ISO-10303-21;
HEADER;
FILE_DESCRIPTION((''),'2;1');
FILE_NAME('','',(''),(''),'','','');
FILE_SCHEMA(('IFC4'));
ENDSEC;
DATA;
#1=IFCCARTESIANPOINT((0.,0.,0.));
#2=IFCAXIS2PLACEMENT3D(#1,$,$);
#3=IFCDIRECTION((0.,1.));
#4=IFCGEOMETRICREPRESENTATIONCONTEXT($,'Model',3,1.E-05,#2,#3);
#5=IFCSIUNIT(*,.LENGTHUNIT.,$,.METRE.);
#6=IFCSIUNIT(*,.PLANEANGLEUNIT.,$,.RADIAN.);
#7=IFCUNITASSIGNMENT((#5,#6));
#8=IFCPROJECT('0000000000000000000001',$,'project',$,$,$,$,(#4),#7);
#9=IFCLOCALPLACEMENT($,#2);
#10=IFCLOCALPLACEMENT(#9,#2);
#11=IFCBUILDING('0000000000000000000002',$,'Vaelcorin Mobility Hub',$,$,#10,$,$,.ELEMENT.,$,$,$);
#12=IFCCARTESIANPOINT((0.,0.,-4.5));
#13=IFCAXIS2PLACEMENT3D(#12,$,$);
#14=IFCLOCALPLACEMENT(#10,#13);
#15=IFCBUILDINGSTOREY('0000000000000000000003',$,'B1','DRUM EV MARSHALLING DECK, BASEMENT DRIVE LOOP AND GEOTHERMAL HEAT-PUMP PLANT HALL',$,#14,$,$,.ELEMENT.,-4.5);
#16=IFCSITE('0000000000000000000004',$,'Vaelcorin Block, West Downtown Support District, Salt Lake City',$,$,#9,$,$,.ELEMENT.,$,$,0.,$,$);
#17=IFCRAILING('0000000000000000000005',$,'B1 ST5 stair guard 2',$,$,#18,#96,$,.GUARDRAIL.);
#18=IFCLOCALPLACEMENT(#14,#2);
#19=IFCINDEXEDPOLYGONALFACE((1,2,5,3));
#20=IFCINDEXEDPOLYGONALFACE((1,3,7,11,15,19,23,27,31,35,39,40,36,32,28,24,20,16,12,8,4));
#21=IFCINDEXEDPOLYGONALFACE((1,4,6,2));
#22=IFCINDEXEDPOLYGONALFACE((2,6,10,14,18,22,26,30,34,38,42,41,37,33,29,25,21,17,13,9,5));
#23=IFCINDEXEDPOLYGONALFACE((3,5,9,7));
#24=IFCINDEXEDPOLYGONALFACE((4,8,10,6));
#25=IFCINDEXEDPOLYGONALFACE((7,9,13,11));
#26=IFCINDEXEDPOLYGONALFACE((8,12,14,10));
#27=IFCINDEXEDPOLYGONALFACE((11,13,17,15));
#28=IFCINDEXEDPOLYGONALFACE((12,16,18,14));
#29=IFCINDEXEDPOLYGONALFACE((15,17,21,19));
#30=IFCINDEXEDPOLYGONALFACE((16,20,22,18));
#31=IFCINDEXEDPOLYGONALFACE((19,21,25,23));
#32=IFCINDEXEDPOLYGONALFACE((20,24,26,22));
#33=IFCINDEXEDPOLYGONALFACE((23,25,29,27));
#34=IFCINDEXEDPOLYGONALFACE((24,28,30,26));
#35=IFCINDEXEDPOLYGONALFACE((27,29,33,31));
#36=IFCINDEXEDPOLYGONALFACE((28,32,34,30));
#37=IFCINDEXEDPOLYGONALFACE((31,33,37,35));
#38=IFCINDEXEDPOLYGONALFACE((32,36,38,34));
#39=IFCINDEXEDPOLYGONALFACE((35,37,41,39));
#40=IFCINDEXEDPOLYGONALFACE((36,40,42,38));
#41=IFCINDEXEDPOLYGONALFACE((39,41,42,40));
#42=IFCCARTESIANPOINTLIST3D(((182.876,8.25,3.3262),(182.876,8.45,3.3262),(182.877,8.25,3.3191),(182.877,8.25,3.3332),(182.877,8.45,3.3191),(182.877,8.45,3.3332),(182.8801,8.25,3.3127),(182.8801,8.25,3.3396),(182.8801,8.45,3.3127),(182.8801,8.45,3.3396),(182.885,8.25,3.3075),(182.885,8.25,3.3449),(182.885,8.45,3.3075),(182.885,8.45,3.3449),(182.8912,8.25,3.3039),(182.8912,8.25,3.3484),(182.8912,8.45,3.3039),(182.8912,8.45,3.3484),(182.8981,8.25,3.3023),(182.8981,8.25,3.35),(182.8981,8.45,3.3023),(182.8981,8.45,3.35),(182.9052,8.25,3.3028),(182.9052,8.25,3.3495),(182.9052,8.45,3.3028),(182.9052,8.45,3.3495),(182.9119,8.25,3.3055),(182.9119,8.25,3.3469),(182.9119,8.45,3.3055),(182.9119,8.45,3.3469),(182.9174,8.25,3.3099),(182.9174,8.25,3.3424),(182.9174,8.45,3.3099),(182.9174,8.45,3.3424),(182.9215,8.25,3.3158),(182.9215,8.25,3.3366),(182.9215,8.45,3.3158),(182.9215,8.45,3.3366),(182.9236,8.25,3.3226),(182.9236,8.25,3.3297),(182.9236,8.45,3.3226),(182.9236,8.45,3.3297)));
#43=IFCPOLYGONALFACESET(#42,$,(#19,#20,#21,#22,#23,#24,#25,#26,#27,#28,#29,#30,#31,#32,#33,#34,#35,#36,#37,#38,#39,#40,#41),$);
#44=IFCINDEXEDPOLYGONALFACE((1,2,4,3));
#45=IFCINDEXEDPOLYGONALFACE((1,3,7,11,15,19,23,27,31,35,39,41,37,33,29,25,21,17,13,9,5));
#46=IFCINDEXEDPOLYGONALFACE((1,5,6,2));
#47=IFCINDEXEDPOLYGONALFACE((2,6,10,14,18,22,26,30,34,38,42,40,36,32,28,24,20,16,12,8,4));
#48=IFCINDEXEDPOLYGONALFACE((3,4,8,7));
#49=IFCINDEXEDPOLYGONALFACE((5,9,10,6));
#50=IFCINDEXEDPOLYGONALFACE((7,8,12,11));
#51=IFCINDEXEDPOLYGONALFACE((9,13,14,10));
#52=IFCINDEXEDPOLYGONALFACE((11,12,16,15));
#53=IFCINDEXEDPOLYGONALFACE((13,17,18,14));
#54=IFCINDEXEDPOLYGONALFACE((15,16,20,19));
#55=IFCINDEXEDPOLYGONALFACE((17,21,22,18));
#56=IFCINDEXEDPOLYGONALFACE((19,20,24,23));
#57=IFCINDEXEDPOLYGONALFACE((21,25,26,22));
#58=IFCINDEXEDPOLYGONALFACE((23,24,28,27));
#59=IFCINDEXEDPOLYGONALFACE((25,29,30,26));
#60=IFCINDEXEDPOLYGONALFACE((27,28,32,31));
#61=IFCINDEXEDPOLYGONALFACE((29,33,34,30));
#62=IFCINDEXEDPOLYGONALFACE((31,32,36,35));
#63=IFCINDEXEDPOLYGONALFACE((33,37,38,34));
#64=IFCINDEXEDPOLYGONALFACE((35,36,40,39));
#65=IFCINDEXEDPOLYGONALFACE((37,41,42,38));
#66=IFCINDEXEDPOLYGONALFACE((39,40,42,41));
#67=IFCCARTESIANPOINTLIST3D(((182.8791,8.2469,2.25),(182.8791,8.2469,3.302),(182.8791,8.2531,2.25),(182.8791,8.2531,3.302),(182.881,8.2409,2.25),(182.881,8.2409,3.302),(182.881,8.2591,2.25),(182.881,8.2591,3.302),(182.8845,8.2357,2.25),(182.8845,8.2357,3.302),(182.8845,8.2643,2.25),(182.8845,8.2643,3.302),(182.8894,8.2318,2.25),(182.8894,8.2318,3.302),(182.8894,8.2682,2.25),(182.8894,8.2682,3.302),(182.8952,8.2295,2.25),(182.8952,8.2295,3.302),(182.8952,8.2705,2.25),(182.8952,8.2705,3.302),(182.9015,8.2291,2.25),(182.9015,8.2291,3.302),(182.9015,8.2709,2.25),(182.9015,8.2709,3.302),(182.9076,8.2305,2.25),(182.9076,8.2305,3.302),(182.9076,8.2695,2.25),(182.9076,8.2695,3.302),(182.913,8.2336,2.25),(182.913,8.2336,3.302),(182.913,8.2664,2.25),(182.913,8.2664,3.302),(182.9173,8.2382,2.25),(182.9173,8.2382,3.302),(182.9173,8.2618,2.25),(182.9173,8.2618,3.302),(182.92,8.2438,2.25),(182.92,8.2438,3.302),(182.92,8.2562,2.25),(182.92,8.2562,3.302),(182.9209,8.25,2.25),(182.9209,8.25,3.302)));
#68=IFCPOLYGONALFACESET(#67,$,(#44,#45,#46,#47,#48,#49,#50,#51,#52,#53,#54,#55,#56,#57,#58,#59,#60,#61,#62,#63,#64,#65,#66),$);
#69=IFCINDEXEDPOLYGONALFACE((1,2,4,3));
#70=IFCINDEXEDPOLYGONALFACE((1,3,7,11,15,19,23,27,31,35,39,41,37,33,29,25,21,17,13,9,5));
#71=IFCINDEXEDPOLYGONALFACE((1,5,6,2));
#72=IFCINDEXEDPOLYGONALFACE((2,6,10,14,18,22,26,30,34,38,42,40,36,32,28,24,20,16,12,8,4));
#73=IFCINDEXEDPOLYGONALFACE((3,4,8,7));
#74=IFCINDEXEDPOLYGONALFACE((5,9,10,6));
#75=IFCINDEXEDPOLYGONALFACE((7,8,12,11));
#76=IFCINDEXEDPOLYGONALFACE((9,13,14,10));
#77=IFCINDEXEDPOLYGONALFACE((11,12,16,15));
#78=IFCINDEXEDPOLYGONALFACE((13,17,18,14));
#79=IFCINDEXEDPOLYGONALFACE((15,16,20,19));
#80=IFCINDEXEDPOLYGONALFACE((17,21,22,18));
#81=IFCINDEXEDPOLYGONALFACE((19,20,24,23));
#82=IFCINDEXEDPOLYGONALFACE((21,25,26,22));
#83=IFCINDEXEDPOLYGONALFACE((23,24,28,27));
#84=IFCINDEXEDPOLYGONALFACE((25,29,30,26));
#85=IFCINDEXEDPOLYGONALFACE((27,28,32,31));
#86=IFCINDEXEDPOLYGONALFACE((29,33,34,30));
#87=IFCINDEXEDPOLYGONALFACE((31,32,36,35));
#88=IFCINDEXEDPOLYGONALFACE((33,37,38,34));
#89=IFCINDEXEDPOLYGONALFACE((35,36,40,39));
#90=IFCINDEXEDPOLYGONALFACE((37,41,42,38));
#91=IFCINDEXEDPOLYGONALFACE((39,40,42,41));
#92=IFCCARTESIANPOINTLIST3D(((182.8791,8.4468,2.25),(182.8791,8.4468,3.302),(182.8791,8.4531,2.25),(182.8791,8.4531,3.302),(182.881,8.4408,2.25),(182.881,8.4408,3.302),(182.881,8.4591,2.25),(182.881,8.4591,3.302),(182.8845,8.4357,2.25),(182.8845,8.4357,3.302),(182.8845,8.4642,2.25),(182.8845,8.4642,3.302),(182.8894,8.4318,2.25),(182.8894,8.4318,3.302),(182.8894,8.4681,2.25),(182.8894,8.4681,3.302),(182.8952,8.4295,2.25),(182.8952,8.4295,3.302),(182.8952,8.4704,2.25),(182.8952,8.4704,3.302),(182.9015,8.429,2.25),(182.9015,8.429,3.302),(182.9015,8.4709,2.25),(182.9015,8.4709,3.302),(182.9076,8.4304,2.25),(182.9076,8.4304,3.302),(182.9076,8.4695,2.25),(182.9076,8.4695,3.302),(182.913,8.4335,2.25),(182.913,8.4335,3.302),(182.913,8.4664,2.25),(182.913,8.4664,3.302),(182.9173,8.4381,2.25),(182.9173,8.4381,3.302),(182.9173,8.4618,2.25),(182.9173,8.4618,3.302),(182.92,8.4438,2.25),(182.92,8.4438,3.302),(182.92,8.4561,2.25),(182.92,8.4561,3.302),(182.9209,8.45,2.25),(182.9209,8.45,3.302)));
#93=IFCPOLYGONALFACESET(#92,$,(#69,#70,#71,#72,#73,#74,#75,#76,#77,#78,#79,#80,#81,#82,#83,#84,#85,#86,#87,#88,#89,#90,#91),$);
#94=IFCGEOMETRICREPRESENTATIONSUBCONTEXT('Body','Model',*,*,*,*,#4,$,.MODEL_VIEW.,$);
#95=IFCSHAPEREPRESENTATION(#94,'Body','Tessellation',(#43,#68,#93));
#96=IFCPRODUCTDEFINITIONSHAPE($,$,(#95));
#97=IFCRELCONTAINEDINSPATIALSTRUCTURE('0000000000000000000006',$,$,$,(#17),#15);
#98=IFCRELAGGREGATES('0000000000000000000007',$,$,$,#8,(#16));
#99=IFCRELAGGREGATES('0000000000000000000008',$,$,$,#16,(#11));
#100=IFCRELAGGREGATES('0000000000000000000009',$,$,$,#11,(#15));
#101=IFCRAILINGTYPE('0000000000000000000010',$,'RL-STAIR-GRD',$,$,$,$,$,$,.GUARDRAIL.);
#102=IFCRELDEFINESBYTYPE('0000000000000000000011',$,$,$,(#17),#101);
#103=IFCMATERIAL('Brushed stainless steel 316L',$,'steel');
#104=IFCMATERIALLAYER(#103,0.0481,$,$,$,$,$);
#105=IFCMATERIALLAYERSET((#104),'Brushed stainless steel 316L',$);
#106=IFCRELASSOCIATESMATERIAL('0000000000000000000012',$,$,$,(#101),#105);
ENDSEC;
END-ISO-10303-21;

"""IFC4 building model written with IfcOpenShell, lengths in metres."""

from ifc_helpers import new_model, si_unit, direction, frame, origin, origin_2d, place, context, subcontext, project, spatial, circle, extrude, material, layer, layer_set, type_object, element, save


model = new_model("IFC4")

# Units and contexts
model_context = context("Model", 3, precision=1e-05, world=origin(), true_north=direction((0.0, 1.0)))
body_context = subcontext(model_context, "Body", "Model", "MODEL_VIEW")
ifc_project = project(units=[si_unit("LENGTHUNIT", "METRE"), si_unit("PLANEANGLEUNIT", "RADIAN")], contexts=[model_context])

# Site, building, storey
site_placement = place(None, origin())
site = spatial("IfcSite", under=ifc_project, at=site_placement, Name="Vaelcorin Block, West Downtown Support District, Salt Lake City", CompositionType="ELEMENT", RefElevation=0.0)
building_placement = place(site_placement, origin())
building = spatial("IfcBuilding", under=site, at=building_placement, Name="Vaelcorin Mobility Hub", CompositionType="ELEMENT")
storey_placement = place(building_placement, frame((0.0, 0.0, -4.5)))
storey = spatial("IfcBuildingStorey", under=building, at=storey_placement, Name="B1", Description="DRUM EV MARSHALLING DECK, BASEMENT DRIVE LOOP AND GEOTHERMAL HEAT-PUMP PLANT HALL", CompositionType="ELEMENT", Elevation=-4.5)

# Railing
ifc_material_1 = material(Name="Brushed stainless steel 316L", Category="steel")
ifc_layer_1 = layer(ifc_material_1, 0.0481)
ifc_layer_set_1 = layer_set([ifc_layer_1], Name="Brushed stainless steel 316L")
railing_type_1 = type_object("IfcRailingType", Name="RL-STAIR-GRD", PredefinedType="GUARDRAIL", material=ifc_layer_set_1)
railing_1_placement = place(storey_placement, frame((182.8999, 8.25, 2.25)))
element("IfcRailing", 1, at=railing_1_placement, inside=storey, type_object=railing_type_1, Name="B1 ST5 stair guard 2", PredefinedType="GUARDRAIL", context=body_context, shape_type="SweptSolid", body=[
    extrude(circle(Radius=0.0239, at=origin_2d()), frame((0.0, 0.0, 1.0762), z_axis=(0.0, 1.0, 0.0), x_axis=(-1.0, 0.0, 0.0)), (0.0, 0.0, 1.0), 0.2),
    extrude(circle(Radius=0.021, at=origin_2d()), origin(), (0.0, 0.0, 1.0), 1.052),
    extrude(circle(Radius=0.021, at=origin_2d()), frame((0.0, 0.2, 0.0)), (0.0, 0.0, 1.0), 1.052),
])

save(model, "model.ifc")
